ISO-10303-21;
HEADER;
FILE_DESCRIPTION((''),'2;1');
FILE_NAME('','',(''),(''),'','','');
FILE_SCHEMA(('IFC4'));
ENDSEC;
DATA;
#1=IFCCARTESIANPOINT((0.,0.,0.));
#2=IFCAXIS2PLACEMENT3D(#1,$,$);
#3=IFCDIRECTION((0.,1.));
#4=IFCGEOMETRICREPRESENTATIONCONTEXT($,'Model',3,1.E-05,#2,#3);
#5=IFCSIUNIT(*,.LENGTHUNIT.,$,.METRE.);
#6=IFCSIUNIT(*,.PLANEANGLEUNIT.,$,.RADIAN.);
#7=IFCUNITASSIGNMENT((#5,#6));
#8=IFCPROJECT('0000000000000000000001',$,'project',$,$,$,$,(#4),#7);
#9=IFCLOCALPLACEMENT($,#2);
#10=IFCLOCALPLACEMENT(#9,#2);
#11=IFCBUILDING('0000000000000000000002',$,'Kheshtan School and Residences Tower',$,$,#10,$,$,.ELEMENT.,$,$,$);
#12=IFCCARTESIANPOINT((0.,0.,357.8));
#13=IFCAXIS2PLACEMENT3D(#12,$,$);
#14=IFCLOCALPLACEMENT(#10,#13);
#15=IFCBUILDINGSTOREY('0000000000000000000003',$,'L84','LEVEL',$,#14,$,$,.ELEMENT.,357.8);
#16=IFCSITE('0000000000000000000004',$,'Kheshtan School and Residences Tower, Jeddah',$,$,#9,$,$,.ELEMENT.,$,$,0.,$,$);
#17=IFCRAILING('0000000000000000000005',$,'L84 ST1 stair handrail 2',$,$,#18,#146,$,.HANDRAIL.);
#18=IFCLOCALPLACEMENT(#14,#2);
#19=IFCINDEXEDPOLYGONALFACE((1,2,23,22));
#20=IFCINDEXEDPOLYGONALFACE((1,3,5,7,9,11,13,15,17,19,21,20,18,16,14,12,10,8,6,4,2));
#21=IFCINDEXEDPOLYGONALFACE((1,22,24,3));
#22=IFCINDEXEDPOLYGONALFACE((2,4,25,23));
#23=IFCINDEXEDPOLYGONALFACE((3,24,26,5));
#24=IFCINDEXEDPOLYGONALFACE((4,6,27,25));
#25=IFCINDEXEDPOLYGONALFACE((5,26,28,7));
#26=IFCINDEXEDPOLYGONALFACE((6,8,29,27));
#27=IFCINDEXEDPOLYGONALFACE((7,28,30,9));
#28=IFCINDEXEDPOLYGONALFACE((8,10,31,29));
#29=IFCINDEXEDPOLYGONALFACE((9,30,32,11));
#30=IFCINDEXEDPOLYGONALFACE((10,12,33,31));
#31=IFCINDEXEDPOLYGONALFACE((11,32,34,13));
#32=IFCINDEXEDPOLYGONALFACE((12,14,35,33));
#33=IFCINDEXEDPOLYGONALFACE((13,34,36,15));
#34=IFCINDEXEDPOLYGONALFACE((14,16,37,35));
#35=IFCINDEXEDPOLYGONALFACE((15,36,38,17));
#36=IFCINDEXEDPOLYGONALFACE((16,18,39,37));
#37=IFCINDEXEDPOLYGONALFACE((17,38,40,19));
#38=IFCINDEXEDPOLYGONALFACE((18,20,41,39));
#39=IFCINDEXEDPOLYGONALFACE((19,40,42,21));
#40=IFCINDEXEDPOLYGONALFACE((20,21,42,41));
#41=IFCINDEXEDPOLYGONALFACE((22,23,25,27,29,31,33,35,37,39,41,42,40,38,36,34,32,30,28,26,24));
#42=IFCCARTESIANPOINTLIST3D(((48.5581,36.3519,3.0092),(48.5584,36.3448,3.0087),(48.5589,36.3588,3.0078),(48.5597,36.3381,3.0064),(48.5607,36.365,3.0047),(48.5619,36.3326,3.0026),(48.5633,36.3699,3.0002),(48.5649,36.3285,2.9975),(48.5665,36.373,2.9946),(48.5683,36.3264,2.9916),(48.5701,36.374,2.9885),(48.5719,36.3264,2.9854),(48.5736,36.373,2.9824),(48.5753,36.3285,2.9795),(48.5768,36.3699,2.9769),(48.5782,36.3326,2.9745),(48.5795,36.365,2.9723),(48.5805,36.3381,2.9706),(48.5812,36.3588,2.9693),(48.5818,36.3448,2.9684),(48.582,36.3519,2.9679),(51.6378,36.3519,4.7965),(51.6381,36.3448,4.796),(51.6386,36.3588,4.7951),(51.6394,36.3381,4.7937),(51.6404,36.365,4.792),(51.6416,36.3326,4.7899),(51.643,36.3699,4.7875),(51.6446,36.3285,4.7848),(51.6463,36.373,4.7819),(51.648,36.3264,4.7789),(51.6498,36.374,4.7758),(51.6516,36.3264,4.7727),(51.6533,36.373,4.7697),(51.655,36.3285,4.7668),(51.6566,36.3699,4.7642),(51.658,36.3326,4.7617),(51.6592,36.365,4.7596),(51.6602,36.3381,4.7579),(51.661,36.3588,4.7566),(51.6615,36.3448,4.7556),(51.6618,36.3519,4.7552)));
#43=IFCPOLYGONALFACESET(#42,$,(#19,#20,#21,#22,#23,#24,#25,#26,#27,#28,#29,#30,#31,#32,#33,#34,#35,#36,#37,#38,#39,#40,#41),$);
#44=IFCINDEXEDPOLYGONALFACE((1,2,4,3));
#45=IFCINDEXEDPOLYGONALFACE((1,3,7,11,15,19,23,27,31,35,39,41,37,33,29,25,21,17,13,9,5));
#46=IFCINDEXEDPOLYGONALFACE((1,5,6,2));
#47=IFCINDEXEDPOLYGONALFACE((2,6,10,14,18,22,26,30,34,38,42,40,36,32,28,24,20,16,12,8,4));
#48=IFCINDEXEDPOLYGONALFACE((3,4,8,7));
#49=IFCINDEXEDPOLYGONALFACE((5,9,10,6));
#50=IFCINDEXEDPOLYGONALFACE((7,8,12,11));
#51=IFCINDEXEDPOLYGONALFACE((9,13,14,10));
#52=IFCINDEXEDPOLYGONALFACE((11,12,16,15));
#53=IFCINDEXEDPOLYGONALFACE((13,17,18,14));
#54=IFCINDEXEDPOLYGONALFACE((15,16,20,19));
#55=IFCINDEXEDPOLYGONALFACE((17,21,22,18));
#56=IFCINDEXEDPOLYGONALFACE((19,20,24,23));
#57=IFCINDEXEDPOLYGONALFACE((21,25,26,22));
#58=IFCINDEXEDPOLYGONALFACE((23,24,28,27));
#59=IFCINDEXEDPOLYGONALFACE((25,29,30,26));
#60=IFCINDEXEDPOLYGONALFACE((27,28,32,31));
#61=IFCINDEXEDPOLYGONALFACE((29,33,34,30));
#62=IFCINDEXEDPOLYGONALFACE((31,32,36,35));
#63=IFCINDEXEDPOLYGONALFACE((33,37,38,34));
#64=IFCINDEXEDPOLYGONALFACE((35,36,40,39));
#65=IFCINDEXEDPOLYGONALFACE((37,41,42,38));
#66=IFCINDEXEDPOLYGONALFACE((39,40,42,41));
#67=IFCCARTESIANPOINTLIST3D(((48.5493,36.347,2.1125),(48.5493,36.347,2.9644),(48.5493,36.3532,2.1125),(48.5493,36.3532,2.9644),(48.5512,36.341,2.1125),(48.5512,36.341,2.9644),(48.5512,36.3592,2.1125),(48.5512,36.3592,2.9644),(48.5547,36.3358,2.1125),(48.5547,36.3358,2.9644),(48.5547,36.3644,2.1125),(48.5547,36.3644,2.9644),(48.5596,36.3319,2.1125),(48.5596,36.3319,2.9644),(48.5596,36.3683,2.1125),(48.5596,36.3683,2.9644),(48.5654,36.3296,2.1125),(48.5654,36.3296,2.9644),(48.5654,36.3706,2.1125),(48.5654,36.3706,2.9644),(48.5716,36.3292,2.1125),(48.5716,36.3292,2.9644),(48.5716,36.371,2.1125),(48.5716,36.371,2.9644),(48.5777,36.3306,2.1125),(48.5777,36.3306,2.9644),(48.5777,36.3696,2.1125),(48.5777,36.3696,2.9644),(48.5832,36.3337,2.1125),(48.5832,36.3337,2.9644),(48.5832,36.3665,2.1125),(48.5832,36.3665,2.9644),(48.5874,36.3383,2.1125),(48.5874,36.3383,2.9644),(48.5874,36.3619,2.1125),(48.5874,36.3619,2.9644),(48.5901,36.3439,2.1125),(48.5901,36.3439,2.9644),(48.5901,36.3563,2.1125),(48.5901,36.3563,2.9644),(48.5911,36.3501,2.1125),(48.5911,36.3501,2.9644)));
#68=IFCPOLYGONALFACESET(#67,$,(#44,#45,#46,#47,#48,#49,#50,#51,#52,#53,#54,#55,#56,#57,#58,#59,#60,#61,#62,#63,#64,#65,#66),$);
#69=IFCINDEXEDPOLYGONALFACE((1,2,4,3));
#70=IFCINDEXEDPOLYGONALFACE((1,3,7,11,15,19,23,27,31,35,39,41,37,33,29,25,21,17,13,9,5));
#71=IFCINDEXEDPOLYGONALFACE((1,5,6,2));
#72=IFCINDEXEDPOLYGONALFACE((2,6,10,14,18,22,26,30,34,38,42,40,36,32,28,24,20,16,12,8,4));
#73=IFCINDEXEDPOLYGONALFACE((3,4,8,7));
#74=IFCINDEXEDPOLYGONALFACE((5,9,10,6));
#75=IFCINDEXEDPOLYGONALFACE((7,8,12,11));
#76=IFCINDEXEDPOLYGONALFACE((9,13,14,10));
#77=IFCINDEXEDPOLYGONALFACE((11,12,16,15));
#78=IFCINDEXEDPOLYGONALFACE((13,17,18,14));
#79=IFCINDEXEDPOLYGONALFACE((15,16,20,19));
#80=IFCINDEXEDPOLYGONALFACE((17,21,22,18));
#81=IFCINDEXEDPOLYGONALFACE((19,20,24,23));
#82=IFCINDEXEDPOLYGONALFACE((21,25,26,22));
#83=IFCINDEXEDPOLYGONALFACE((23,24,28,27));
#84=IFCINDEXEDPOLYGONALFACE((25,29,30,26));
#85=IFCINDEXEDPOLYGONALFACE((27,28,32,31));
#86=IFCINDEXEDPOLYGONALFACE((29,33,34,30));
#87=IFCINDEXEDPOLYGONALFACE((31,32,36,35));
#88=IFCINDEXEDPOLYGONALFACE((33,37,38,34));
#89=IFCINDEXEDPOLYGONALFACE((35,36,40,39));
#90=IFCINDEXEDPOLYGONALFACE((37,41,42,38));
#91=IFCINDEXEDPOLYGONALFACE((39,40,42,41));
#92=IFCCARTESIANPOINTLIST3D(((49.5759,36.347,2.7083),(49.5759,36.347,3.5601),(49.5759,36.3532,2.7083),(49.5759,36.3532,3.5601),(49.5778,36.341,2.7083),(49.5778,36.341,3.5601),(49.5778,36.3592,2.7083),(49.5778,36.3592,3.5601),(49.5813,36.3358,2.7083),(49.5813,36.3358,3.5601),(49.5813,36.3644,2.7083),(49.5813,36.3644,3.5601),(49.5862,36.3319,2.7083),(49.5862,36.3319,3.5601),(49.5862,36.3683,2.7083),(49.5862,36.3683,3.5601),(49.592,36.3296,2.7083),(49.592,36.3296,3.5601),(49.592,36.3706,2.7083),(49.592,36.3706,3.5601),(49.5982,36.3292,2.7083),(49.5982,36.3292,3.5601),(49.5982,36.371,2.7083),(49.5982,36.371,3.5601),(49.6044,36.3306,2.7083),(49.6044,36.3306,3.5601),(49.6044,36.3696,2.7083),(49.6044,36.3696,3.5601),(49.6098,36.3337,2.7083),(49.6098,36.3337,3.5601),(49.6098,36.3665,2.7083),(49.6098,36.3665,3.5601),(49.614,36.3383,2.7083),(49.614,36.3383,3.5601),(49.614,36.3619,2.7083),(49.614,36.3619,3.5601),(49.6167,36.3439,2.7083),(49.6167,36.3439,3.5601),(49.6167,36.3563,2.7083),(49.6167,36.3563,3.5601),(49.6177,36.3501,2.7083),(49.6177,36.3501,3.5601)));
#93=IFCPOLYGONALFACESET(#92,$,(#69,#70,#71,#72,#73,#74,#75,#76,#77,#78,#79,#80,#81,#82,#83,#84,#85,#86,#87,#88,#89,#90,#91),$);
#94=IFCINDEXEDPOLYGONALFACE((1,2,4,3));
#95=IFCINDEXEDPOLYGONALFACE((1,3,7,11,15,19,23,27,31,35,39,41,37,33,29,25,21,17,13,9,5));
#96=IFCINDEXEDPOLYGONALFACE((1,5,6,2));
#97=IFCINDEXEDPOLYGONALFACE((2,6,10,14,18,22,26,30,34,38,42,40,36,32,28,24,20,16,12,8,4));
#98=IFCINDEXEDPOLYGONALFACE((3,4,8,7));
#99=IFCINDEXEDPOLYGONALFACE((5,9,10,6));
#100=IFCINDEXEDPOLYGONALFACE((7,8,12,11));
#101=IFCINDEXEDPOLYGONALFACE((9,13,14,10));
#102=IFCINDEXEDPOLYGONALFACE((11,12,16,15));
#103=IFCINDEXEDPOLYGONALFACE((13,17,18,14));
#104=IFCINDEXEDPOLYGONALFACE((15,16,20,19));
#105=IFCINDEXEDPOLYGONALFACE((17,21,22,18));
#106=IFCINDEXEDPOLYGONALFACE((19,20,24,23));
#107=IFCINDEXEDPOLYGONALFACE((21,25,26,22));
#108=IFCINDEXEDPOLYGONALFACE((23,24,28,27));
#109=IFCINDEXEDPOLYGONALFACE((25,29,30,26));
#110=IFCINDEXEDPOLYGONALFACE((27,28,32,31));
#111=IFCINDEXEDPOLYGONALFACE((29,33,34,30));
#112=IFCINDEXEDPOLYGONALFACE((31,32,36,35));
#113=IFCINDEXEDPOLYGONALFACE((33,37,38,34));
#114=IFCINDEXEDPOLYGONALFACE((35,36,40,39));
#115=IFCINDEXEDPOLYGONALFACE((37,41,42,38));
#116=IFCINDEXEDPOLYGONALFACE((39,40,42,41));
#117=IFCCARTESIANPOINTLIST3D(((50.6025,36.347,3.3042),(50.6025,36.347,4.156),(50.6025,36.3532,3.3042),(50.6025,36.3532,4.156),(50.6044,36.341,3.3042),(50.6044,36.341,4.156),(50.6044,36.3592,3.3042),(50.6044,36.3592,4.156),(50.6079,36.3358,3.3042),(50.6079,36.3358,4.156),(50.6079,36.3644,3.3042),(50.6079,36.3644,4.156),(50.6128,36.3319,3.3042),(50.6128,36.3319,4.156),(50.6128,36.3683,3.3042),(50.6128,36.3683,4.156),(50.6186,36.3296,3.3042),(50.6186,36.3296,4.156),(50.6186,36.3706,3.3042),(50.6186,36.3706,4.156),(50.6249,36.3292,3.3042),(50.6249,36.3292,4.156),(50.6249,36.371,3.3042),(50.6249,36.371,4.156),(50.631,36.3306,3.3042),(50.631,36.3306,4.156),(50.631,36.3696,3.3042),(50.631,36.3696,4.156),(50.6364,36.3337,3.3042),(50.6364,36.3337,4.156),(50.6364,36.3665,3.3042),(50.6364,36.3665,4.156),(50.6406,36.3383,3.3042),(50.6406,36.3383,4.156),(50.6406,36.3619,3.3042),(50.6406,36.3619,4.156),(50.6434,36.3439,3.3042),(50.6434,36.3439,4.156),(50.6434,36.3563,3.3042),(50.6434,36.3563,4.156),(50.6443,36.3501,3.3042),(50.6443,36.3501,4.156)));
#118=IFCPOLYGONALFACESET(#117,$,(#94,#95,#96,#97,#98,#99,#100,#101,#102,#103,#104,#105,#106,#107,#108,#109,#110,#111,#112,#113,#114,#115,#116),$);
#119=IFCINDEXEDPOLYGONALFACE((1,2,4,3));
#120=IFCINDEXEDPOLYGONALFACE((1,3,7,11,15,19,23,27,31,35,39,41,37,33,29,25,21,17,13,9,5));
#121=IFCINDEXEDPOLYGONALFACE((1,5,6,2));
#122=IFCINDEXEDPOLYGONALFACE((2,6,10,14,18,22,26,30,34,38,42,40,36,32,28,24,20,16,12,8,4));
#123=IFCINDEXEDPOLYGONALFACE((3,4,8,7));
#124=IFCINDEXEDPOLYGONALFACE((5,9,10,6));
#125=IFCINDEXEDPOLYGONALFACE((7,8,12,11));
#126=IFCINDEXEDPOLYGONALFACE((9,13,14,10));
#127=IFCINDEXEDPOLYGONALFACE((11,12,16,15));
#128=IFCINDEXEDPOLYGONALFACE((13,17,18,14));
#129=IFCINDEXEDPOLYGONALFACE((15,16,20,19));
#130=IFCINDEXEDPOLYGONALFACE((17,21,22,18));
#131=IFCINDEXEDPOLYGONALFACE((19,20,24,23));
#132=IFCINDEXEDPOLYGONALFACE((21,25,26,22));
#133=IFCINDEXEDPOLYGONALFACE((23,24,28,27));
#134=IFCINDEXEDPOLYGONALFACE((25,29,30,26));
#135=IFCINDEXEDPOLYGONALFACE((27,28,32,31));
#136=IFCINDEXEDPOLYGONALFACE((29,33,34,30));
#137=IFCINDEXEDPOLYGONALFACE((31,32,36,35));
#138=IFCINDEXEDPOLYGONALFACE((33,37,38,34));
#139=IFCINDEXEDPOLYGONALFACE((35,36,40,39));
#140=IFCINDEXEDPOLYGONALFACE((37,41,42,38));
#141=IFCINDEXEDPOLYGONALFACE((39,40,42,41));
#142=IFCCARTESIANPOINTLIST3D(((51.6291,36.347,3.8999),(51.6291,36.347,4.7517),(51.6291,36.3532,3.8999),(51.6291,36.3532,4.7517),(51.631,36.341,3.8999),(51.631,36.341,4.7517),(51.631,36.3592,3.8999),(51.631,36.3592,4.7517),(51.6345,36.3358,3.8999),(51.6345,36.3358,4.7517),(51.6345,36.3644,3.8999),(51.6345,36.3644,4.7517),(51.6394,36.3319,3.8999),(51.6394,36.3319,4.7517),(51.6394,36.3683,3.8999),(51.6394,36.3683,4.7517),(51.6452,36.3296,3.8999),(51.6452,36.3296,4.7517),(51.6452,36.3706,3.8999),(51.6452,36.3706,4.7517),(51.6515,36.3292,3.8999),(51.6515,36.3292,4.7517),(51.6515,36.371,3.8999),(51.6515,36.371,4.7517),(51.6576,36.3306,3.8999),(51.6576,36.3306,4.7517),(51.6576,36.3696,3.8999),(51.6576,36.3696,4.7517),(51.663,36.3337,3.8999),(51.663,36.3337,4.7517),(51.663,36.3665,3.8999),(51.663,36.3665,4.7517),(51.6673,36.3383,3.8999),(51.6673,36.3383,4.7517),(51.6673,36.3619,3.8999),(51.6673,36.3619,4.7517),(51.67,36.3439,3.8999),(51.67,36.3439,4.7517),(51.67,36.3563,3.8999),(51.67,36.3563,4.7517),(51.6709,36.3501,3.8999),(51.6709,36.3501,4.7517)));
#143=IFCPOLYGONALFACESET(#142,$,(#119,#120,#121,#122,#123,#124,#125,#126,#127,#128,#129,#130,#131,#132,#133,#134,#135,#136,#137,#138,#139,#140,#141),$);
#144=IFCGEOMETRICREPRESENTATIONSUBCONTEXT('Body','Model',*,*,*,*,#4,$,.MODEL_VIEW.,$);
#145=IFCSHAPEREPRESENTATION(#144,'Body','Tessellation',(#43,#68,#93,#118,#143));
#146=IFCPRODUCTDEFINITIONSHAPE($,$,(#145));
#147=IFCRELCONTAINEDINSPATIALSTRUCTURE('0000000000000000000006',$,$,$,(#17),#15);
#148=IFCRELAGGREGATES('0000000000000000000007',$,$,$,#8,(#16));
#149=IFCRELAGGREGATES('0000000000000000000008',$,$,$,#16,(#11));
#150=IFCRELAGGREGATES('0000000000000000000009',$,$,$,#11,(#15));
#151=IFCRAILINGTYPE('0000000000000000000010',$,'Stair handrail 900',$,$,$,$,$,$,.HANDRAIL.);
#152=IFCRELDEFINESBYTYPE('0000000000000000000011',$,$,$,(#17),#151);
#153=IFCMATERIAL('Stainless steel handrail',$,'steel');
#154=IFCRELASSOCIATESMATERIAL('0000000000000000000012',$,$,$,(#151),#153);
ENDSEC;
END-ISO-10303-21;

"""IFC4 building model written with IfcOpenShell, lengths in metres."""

from ifc_helpers import new_model, si_unit, direction, frame, origin, origin_2d, place, context, subcontext, project, spatial, circle, extrude, material, type_object, element, save


model = new_model("IFC4")

# Units and contexts
model_context = context("Model", 3, precision=1e-05, world=origin(), true_north=direction((0.0, 1.0)))
body_context = subcontext(model_context, "Body", "Model", "MODEL_VIEW")
ifc_project = project(units=[si_unit("LENGTHUNIT", "METRE"), si_unit("PLANEANGLEUNIT", "RADIAN")], contexts=[model_context])

# Site, building, storey
site_placement = place(None, origin())
site = spatial("IfcSite", under=ifc_project, at=site_placement, Name="Kheshtan School and Residences Tower, Jeddah", CompositionType="ELEMENT", RefElevation=0.0)
building_placement = place(site_placement, origin())
building = spatial("IfcBuilding", under=site, at=building_placement, Name="Kheshtan School and Residences Tower", CompositionType="ELEMENT")
storey_placement = place(building_placement, frame((0.0, 0.0, 357.8)))
storey = spatial("IfcBuildingStorey", under=building, at=storey_placement, Name="L84", Description="LEVEL", CompositionType="ELEMENT", Elevation=357.8)

# Railing
ifc_material_1 = material(Name="Stainless steel handrail", Category="steel")
railing_type_1 = type_object("IfcRailingType", Name="Stair handrail 900", PredefinedType="HANDRAIL", material=ifc_material_1)
railing_1_placement = place(storey_placement, frame((48.5701, 36.3501, 2.1125)))
element("IfcRailing", 1, at=railing_1_placement, inside=storey, type_object=railing_type_1, Name="L84 ST1 stair handrail 2", PredefinedType="HANDRAIL", context=body_context, shape_type="SweptSolid", body=[
    extrude(circle(Radius=0.0239, at=origin_2d()), frame((0.0, 0.0, 0.876), z_axis=(0.864903, 0.0, 0.501939), x_axis=(0.0, 1.0, 0.0)), (0.0, 0.0, 1.0), 3.5608),
    extrude(circle(Radius=0.021, at=origin_2d()), origin(), (0.0, 0.0, 1.0), 0.8518),
    extrude(circle(Radius=0.021, at=origin_2d()), frame((1.0266, 0.0, 0.5957)), (0.0, 0.0, 1.0), 0.8518),
    extrude(circle(Radius=0.021, at=origin_2d()), frame((2.0532, 0.0, 1.1917)), (0.0, 0.0, 1.0), 0.8518),
    extrude(circle(Radius=0.021, at=origin_2d()), frame((3.0798, 0.0, 1.7874)), (0.0, 0.0, 1.0), 0.8518),
])

save(model, "model.ifc")
